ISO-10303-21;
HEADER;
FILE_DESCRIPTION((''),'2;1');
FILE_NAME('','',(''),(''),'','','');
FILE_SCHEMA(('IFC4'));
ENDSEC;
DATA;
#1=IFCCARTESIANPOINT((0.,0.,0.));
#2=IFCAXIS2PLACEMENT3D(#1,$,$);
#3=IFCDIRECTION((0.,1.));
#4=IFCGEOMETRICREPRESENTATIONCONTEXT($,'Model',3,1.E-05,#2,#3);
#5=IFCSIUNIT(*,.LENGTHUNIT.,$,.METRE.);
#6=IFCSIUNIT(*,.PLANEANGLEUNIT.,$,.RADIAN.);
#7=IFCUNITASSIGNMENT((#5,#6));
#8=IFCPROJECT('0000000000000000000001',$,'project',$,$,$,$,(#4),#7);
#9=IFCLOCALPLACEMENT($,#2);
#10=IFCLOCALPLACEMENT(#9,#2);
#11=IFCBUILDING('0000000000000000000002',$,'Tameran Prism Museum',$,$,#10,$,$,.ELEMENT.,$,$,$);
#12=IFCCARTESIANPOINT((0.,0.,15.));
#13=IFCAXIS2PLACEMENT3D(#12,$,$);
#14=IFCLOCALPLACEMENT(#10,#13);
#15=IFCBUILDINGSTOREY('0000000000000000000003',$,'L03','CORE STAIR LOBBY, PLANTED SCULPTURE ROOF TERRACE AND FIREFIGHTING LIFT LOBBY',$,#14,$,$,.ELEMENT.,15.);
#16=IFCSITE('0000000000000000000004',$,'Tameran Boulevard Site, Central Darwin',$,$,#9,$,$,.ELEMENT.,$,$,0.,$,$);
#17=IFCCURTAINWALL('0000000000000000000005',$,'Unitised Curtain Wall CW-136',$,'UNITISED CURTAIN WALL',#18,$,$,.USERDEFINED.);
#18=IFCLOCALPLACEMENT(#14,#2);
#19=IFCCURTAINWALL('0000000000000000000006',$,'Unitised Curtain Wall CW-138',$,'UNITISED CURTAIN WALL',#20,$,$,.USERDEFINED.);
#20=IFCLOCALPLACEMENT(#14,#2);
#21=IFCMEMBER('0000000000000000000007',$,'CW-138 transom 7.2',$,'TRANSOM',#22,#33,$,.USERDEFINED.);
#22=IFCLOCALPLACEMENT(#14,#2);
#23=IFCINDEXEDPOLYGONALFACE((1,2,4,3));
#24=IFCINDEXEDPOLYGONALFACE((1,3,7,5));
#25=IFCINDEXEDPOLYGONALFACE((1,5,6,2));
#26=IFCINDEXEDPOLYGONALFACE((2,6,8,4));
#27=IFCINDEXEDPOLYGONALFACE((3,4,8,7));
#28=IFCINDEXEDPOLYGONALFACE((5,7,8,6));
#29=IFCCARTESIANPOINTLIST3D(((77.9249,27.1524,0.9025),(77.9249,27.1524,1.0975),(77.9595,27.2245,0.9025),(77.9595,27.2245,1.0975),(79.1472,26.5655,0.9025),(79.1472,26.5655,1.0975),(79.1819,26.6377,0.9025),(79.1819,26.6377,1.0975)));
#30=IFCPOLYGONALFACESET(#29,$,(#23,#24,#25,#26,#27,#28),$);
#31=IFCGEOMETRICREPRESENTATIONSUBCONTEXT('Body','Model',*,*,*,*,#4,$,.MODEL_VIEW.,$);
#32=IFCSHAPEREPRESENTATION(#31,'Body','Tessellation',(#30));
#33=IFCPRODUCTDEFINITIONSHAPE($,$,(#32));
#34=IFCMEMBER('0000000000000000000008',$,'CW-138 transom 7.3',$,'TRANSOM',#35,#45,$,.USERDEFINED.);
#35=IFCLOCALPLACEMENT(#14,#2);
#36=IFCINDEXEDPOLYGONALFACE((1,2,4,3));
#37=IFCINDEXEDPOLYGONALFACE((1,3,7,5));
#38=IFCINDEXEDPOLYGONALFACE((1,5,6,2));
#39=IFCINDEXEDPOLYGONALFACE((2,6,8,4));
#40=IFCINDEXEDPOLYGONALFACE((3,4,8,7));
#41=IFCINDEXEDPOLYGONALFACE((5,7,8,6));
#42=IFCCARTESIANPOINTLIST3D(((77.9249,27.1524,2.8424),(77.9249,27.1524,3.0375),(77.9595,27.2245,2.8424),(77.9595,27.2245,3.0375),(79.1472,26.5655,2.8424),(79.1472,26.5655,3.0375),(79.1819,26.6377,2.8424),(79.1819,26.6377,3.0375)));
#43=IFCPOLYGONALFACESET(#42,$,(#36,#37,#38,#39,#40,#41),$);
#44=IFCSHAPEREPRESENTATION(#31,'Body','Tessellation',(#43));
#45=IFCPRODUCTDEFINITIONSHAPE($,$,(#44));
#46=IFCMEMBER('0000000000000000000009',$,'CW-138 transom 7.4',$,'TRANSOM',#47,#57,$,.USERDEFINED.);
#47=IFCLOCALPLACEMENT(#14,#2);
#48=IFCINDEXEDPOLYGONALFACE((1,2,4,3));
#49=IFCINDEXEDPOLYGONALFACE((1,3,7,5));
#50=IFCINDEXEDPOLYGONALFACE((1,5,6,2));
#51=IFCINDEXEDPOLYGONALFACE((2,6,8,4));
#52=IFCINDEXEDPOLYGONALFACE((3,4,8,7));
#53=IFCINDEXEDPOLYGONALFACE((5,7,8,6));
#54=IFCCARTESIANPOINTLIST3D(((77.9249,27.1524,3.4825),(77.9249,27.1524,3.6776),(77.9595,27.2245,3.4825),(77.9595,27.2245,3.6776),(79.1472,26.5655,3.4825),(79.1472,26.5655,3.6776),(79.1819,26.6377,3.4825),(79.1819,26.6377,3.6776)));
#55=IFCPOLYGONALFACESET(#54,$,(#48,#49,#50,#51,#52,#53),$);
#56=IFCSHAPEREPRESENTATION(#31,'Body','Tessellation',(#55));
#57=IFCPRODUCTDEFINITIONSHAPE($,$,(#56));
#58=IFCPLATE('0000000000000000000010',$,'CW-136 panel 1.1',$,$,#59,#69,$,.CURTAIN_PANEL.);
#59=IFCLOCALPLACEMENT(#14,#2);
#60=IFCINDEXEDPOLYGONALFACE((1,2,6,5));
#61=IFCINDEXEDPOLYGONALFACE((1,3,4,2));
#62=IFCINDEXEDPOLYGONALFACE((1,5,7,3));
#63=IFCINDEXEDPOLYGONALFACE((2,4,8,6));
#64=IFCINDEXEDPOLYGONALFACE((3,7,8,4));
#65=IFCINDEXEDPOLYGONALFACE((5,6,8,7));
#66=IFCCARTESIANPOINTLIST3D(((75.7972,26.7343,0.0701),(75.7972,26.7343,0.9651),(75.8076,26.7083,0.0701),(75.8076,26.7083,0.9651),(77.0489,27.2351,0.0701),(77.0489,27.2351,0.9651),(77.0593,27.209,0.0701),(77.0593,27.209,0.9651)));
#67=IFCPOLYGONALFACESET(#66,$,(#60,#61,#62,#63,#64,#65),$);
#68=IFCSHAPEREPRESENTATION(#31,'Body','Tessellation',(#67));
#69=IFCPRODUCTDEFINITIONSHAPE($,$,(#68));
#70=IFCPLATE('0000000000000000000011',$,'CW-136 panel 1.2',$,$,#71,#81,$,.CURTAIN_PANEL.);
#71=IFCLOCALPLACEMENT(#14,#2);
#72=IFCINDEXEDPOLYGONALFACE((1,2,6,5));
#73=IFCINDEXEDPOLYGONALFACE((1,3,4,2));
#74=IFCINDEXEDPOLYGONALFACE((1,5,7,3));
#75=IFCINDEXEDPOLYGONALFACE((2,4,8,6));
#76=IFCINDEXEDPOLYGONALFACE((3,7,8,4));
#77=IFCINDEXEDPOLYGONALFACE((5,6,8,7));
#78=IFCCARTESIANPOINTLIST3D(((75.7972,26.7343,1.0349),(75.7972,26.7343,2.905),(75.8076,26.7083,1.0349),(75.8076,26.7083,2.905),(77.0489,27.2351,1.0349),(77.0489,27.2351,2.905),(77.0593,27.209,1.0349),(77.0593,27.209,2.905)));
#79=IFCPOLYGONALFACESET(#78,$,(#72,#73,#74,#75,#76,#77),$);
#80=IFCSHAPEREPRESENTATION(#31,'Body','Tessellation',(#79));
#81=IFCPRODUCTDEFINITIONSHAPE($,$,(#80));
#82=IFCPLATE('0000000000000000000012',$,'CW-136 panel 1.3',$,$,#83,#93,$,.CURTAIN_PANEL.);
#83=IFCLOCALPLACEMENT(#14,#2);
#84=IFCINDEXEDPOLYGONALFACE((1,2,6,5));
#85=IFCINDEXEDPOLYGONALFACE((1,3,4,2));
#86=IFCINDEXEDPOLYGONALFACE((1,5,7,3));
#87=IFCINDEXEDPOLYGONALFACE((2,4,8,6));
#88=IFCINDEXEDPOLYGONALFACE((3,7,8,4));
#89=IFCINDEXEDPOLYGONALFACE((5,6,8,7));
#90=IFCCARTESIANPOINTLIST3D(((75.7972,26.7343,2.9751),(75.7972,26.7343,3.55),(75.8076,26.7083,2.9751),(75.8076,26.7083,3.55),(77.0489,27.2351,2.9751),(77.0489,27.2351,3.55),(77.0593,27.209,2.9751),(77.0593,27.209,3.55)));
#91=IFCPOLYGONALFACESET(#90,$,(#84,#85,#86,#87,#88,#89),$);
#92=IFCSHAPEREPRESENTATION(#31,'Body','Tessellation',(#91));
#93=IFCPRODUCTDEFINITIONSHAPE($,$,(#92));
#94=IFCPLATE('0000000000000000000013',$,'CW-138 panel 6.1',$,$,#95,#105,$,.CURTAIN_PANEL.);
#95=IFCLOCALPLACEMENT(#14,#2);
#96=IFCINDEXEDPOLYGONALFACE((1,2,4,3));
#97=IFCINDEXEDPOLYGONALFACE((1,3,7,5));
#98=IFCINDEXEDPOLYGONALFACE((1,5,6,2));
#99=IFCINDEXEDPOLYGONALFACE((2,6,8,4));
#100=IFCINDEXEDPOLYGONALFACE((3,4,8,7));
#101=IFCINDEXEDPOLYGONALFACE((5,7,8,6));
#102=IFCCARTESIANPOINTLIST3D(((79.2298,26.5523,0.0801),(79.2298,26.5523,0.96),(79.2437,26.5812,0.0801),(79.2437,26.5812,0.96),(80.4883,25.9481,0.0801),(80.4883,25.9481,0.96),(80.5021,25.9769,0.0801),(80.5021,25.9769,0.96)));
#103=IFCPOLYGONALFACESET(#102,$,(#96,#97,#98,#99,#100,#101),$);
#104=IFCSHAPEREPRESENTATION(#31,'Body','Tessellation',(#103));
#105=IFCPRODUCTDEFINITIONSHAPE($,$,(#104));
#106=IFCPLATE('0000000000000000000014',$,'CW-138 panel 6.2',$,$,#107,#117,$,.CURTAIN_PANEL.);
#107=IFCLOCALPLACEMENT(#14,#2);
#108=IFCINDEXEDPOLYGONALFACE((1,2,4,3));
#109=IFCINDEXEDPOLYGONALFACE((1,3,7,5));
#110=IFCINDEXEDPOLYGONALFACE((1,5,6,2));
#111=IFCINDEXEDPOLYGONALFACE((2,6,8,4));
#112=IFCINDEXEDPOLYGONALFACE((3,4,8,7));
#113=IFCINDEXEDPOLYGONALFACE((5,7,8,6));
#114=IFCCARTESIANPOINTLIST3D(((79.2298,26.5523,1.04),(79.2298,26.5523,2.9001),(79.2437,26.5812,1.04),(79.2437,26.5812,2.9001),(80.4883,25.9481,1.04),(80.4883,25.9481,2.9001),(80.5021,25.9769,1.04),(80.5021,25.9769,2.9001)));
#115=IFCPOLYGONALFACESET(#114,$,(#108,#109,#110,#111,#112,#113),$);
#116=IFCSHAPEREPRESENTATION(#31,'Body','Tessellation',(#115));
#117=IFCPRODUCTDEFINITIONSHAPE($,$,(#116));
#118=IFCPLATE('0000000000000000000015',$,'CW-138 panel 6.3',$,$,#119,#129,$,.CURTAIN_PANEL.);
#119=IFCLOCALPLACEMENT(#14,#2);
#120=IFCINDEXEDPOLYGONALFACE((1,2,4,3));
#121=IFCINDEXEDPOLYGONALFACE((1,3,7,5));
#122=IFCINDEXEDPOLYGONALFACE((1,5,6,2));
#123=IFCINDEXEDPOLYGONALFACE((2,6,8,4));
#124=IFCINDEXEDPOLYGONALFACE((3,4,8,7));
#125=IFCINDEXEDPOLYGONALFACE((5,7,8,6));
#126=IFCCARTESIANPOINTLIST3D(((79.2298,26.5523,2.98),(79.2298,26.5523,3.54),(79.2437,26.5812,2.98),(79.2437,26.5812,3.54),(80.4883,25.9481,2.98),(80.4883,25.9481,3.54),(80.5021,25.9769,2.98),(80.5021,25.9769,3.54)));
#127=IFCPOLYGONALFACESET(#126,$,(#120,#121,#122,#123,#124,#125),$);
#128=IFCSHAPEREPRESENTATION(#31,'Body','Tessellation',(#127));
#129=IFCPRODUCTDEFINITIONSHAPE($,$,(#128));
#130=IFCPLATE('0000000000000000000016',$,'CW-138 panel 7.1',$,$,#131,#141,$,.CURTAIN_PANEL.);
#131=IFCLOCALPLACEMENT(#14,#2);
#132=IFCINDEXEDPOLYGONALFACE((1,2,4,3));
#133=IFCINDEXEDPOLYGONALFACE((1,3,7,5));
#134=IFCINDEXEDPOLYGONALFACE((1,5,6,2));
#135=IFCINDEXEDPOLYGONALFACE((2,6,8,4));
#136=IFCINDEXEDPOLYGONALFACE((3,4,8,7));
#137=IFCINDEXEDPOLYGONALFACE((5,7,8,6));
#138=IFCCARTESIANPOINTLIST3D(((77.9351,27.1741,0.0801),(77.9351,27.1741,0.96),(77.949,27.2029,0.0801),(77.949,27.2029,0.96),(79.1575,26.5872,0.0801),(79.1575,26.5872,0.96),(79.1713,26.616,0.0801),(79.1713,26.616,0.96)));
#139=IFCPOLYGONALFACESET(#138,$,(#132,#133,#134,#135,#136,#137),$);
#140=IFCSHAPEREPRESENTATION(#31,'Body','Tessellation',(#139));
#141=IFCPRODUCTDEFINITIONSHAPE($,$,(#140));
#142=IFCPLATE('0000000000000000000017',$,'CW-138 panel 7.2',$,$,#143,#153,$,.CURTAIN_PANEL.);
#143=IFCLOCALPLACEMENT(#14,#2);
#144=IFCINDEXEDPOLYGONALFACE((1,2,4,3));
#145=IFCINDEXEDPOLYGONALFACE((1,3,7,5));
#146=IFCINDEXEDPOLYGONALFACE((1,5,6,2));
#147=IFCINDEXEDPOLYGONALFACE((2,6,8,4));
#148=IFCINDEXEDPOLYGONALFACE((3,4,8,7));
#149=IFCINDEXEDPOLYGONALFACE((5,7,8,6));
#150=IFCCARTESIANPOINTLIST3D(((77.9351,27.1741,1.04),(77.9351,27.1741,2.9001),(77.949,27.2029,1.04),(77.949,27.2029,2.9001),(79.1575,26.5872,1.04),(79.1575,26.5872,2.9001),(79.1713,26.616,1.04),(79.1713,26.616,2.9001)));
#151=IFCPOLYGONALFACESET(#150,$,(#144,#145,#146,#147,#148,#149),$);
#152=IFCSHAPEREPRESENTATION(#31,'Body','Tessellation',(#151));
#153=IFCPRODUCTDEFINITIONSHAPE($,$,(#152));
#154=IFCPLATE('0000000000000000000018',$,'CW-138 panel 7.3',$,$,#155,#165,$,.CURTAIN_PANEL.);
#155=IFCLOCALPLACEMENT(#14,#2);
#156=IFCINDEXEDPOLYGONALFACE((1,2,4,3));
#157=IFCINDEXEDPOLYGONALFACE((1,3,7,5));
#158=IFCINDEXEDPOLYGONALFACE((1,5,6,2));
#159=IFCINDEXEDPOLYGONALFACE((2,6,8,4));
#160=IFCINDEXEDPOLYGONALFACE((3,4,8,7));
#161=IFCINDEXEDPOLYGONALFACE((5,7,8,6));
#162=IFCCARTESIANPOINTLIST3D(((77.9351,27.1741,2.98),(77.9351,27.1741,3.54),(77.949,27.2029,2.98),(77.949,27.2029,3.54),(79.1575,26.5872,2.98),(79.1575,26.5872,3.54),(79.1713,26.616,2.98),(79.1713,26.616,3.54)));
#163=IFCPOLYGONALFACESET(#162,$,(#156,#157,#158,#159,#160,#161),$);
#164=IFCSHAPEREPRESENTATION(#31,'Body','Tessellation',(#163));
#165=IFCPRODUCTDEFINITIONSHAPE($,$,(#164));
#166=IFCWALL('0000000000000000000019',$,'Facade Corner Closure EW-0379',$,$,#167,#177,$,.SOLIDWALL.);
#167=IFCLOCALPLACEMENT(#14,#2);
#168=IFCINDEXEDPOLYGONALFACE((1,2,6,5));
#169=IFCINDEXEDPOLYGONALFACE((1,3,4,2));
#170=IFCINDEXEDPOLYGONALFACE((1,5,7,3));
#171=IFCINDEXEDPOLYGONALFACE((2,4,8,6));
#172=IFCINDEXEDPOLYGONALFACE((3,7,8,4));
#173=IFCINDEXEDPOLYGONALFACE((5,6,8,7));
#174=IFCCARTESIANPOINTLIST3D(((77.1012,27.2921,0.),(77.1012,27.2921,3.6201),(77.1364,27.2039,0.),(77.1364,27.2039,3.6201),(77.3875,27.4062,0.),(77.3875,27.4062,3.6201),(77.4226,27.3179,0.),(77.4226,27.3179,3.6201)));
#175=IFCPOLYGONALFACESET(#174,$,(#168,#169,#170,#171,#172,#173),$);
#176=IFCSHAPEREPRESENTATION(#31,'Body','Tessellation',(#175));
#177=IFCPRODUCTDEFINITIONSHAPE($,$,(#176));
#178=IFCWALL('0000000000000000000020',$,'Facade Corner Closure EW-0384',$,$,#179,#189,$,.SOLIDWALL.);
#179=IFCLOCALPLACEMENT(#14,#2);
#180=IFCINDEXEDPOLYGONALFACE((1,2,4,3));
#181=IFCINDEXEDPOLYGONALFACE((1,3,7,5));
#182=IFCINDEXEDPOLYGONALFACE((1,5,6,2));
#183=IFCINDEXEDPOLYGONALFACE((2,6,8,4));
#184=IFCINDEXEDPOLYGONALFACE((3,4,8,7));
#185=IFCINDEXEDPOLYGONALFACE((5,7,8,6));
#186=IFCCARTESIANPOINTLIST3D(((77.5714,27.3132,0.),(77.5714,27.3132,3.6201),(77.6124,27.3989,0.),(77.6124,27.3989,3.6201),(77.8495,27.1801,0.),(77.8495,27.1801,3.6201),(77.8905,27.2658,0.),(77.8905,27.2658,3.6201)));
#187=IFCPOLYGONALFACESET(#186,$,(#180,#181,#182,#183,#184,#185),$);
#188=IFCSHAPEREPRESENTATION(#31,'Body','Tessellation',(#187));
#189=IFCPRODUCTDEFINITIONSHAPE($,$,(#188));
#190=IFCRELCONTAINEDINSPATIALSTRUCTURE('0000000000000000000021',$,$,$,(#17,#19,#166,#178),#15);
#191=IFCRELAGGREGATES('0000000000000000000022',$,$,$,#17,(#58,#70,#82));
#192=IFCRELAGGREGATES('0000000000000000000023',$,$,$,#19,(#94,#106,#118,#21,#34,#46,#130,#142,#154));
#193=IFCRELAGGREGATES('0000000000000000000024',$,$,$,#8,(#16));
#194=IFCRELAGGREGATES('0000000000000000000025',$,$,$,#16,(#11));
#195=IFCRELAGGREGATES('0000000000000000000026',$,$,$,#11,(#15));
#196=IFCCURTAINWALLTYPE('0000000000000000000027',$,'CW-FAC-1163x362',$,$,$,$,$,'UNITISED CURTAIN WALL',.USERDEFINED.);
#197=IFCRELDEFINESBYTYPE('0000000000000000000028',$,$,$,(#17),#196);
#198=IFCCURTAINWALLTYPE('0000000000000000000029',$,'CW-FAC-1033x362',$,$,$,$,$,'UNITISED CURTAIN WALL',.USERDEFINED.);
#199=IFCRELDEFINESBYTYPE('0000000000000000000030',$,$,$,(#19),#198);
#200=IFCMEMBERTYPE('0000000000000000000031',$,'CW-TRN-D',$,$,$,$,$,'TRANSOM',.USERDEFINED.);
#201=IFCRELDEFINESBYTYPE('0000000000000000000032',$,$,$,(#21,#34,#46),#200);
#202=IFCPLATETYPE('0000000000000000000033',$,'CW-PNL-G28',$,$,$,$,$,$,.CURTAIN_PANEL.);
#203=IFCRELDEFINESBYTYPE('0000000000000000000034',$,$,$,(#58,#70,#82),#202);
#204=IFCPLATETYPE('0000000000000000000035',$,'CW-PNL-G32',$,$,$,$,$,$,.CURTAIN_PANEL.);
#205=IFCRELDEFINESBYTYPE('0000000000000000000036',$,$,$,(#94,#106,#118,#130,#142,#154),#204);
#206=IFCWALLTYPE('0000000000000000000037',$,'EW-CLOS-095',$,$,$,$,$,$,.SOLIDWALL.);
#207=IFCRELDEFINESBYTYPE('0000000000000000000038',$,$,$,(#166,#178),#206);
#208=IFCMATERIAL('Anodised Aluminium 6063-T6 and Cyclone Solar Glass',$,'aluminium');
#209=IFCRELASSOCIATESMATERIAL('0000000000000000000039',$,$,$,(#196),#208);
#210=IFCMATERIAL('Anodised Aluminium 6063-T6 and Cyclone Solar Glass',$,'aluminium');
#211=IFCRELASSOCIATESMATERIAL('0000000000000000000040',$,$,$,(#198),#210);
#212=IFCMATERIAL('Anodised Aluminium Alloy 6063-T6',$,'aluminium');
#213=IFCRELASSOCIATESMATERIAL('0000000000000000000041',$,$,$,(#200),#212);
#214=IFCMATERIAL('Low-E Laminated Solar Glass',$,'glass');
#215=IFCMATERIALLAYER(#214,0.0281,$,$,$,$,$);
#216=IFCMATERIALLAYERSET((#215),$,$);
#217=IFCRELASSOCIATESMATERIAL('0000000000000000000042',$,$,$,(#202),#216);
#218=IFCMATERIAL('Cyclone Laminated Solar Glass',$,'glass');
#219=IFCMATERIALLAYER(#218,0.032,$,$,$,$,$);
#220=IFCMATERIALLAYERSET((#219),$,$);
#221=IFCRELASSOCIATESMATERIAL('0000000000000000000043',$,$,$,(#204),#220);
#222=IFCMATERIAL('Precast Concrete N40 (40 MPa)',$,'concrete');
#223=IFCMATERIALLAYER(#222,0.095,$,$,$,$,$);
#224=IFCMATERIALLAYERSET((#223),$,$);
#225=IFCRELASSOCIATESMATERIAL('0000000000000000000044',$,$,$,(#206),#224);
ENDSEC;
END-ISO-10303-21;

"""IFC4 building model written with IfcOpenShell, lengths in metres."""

from ifc_helpers import new_model, si_unit, direction, frame, frame_2d, origin, origin_2d, place, context, subcontext, project, spatial, rectangle, extrude, material, layer, layer_set, material_profile, profile_set, type_object, element, aggregate, save


model = new_model("IFC4")

# Units and contexts
model_context = context("Model", 3, precision=1e-05, world=origin(), true_north=direction((0.0, 1.0)))
body_context = subcontext(model_context, "Body", "Model", "MODEL_VIEW")
ifc_project = project(units=[si_unit("LENGTHUNIT", "METRE"), si_unit("PLANEANGLEUNIT", "RADIAN")], contexts=[model_context])

# Site, building, storey
site_placement = place(None, origin())
site = spatial("IfcSite", under=ifc_project, at=site_placement, Name="Tameran Boulevard Site, Central Darwin", CompositionType="ELEMENT", RefElevation=0.0)
building_placement = place(site_placement, origin())
building = spatial("IfcBuilding", under=site, at=building_placement, Name="Tameran Prism Museum", CompositionType="ELEMENT")
storey_placement = place(building_placement, frame((0.0, 0.0, 15.0)))
storey = spatial("IfcBuildingStorey", under=building, at=storey_placement, Name="L03", Description="CORE STAIR LOBBY, PLANTED SCULPTURE ROOF TERRACE AND FIREFIGHTING LIFT LOBBY", CompositionType="ELEMENT", Elevation=15.0)

# Curtain walls
ifc_material_1 = material(Name="Anodised Aluminium 6063-T6 and Cyclone Solar Glass", Category="aluminium")
curtain_wall_type_1 = type_object("IfcCurtainWallType", Name="CW-FAC-1163x362", ElementType="UNITISED CURTAIN WALL", PredefinedType="USERDEFINED", material=ifc_material_1)
curtain_wall_1_placement = place(storey_placement, origin())
curtain_wall_1 = element("IfcCurtainWall", 1, at=curtain_wall_1_placement, inside=storey, type_object=curtain_wall_type_1, Name="Unitised Curtain Wall CW-136", ObjectType="UNITISED CURTAIN WALL", PredefinedType="USERDEFINED")
ifc_material_2 = material(Name="Anodised Aluminium 6063-T6 and Cyclone Solar Glass", Category="aluminium")
curtain_wall_type_2 = type_object("IfcCurtainWallType", Name="CW-FAC-1033x362", ElementType="UNITISED CURTAIN WALL", PredefinedType="USERDEFINED", material=ifc_material_2)
curtain_wall_2_placement = place(storey_placement, origin())
curtain_wall_2 = element("IfcCurtainWall", 2, at=curtain_wall_2_placement, inside=storey, type_object=curtain_wall_type_2, Name="Unitised Curtain Wall CW-138", ObjectType="UNITISED CURTAIN WALL", PredefinedType="USERDEFINED")

# Members
ifc_material_3 = material(Name="Anodised Aluminium Alloy 6063-T6", Category="aluminium")
ifc_material_profile_1 = material_profile(ifc_material_3, rectangle(XDim=0.0801, YDim=0.1951, at=origin_2d()))
ifc_profile_set_1 = profile_set([ifc_material_profile_1])
member_type_1 = type_object("IfcMemberType", Name="CW-TRN-D", ElementType="TRANSOM", PredefinedType="USERDEFINED", material=ifc_profile_set_1)
member_1_placement = place(storey_placement, frame((79.1646, 26.6016, 1.0), z_axis=(-0.901478, 0.432825, 0.0), x_axis=(-0.432825, -0.901478, 0.0)))
member_1 = element("IfcMember", 3, at=member_1_placement, type_object=member_type_1, Name="CW-138 transom 7.2", ObjectType="TRANSOM", PredefinedType="USERDEFINED", context=body_context, shape_type="SweptSolid", body=[
    extrude(rectangle(XDim=0.0801, YDim=0.1951, at=origin_2d()), origin(), (0.0, 0.0, 1.0), 1.356),
])
member_2_placement = place(storey_placement, frame((79.1646, 26.6016, 2.9399), z_axis=(-0.901478, 0.432825, 0.0), x_axis=(-0.432825, -0.901478, 0.0)))
member_2 = element("IfcMember", 4, at=member_2_placement, type_object=member_type_1, Name="CW-138 transom 7.3", ObjectType="TRANSOM", PredefinedType="USERDEFINED", context=body_context, shape_type="SweptSolid", body=[
    extrude(rectangle(XDim=0.0801, YDim=0.1951, at=origin_2d()), origin(), (0.0, 0.0, 1.0), 1.356),
])
member_3_placement = place(storey_placement, frame((79.1646, 26.6016, 3.5801), z_axis=(-0.901478, 0.432825, 0.0), x_axis=(-0.432825, -0.901478, 0.0)))
member_3 = element("IfcMember", 5, at=member_3_placement, type_object=member_type_1, Name="CW-138 transom 7.4", ObjectType="TRANSOM", PredefinedType="USERDEFINED", context=body_context, shape_type="SweptSolid", body=[
    extrude(rectangle(XDim=0.0801, YDim=0.1951, at=origin_2d()), origin(), (0.0, 0.0, 1.0), 1.356),
])

# Plates
ifc_material_4 = material(Name="Low-E Laminated Solar Glass", Category="glass")
ifc_layer_1 = layer(ifc_material_4, 0.0281)
ifc_layer_set_1 = layer_set([ifc_layer_1])
plate_type_1 = type_object("IfcPlateType", Name="CW-PNL-G28", PredefinedType="CURTAIN_PANEL", material=ifc_layer_set_1)
plate_1_placement = place(storey_placement, frame((76.4282, 26.9717, 0.0701), z_axis=(0.0, 0.0, 1.0), x_axis=(-0.928465, -0.37142, 0.0)))
plate_1 = element("IfcPlate", 6, at=plate_1_placement, type_object=plate_type_1, Name="CW-136 panel 1.1", PredefinedType="CURTAIN_PANEL", context=body_context, shape_type="SweptSolid", body=[
    extrude(rectangle(XDim=1.3481, YDim=0.0281, at=origin_2d()), origin(), (0.0, 0.0, 1.0), 0.895),
])
plate_2_placement = place(storey_placement, frame((76.4282, 26.9717, 1.0349), z_axis=(0.0, 0.0, 1.0), x_axis=(-0.928465, -0.37142, 0.0)))
plate_2 = element("IfcPlate", 7, at=plate_2_placement, type_object=plate_type_1, Name="CW-136 panel 1.2", PredefinedType="CURTAIN_PANEL", context=body_context, shape_type="SweptSolid", body=[
    extrude(rectangle(XDim=1.3481, YDim=0.0281, at=origin_2d()), origin(), (0.0, 0.0, 1.0), 1.8701),
])
plate_3_placement = place(storey_placement, frame((76.4282, 26.9717, 2.9751), z_axis=(0.0, 0.0, 1.0), x_axis=(-0.928465, -0.37142, 0.0)))
plate_3 = element("IfcPlate", 8, at=plate_3_placement, type_object=plate_type_1, Name="CW-136 panel 1.3", PredefinedType="CURTAIN_PANEL", context=body_context, shape_type="SweptSolid", body=[
    extrude(rectangle(XDim=1.3481, YDim=0.0281, at=origin_2d()), origin(), (0.0, 0.0, 1.0), 0.575),
])
aggregate(curtain_wall_1, [plate_1, plate_2, plate_3])
ifc_material_5 = material(Name="Cyclone Laminated Solar Glass", Category="glass")
ifc_layer_2 = layer(ifc_material_5, 0.032)
ifc_layer_set_2 = layer_set([ifc_layer_2])
plate_type_2 = type_object("IfcPlateType", Name="CW-PNL-G32", PredefinedType="CURTAIN_PANEL", material=ifc_layer_set_2)
plate_4_placement = place(storey_placement, frame((79.866, 26.2646, 0.0801), z_axis=(0.0, 0.0, 1.0), x_axis=(-0.901475, 0.432832, 0.0)))
plate_4 = element("IfcPlate", 9, at=plate_4_placement, type_object=plate_type_2, Name="CW-138 panel 6.1", PredefinedType="CURTAIN_PANEL", context=body_context, shape_type="SweptSolid", body=[
    extrude(rectangle(XDim=1.396, YDim=0.032, at=origin_2d()), origin(), (0.0, 0.0, 1.0), 0.8799),
])
plate_5_placement = place(storey_placement, frame((79.866, 26.2646, 1.04), z_axis=(0.0, 0.0, 1.0), x_axis=(-0.901475, 0.432832, 0.0)))
plate_5 = element("IfcPlate", 10, at=plate_5_placement, type_object=plate_type_2, Name="CW-138 panel 6.2", PredefinedType="CURTAIN_PANEL", context=body_context, shape_type="SweptSolid", body=[
    extrude(rectangle(XDim=1.396, YDim=0.032, at=origin_2d()), origin(), (0.0, 0.0, 1.0), 1.8601),
])
plate_6_placement = place(storey_placement, frame((79.866, 26.2646, 2.98), z_axis=(0.0, 0.0, 1.0), x_axis=(-0.901475, 0.432832, 0.0)))
plate_6 = element("IfcPlate", 11, at=plate_6_placement, type_object=plate_type_2, Name="CW-138 panel 6.3", PredefinedType="CURTAIN_PANEL", context=body_context, shape_type="SweptSolid", body=[
    extrude(rectangle(XDim=1.396, YDim=0.032, at=origin_2d()), origin(), (0.0, 0.0, 1.0), 0.5601),
])
plate_7_placement = place(storey_placement, frame((78.5532, 26.895, 0.0801), z_axis=(0.0, 0.0, 1.0), x_axis=(-0.901475, 0.432832, 0.0)))
plate_7 = element("IfcPlate", 12, at=plate_7_placement, type_object=plate_type_2, Name="CW-138 panel 7.1", PredefinedType="CURTAIN_PANEL", context=body_context, shape_type="SweptSolid", body=[
    extrude(rectangle(XDim=1.356, YDim=0.032, at=origin_2d()), origin(), (0.0, 0.0, 1.0), 0.8799),
])
plate_8_placement = place(storey_placement, frame((78.5532, 26.895, 1.04), z_axis=(0.0, 0.0, 1.0), x_axis=(-0.901475, 0.432832, 0.0)))
plate_8 = element("IfcPlate", 13, at=plate_8_placement, type_object=plate_type_2, Name="CW-138 panel 7.2", PredefinedType="CURTAIN_PANEL", context=body_context, shape_type="SweptSolid", body=[
    extrude(rectangle(XDim=1.356, YDim=0.032, at=origin_2d()), origin(), (0.0, 0.0, 1.0), 1.8601),
])
plate_9_placement = place(storey_placement, frame((78.5532, 26.895, 2.98), z_axis=(0.0, 0.0, 1.0), x_axis=(-0.901475, 0.432832, 0.0)))
plate_9 = element("IfcPlate", 14, at=plate_9_placement, type_object=plate_type_2, Name="CW-138 panel 7.3", PredefinedType="CURTAIN_PANEL", context=body_context, shape_type="SweptSolid", body=[
    extrude(rectangle(XDim=1.356, YDim=0.032, at=origin_2d()), origin(), (0.0, 0.0, 1.0), 0.5601),
])
aggregate(curtain_wall_2, [plate_4, plate_5, plate_6, member_1, member_2, member_3, plate_7, plate_8, plate_9])

# Walls
ifc_material_6 = material(Name="Precast Concrete N40 (40 MPa)", Category="concrete")
ifc_layer_3 = layer(ifc_material_6, 0.095)
ifc_layer_set_3 = layer_set([ifc_layer_3])
wall_type = type_object("IfcWallType", Name="EW-CLOS-095", PredefinedType="SOLIDWALL", material=ifc_layer_set_3)
wall_1_placement = place(storey_placement, frame((77.405, 27.3621, 0.0), z_axis=(0.0, 0.0, 1.0), x_axis=(-0.928968, -0.37016, 0.0)))
element("IfcWall", 15, at=wall_1_placement, inside=storey, type_object=wall_type, Name="Facade Corner Closure EW-0379", PredefinedType="SOLIDWALL", context=body_context, shape_type="SweptSolid", body=[
    extrude(rectangle(XDim=0.3081, YDim=0.095, at=frame_2d((0.1541, 0.0))), origin(), (0.0, 0.0, 1.0), 3.6201),
])
wall_2_placement = place(storey_placement, frame((77.8701, 27.2229, 0.0), z_axis=(0.0, 0.0, 1.0), x_axis=(-0.902054, 0.431624, 0.0)))
element("IfcWall", 16, at=wall_2_placement, inside=storey, type_object=wall_type, Name="Facade Corner Closure EW-0384", PredefinedType="SOLIDWALL", context=body_context, shape_type="SweptSolid", body=[
    extrude(rectangle(XDim=0.3083, YDim=0.095, at=frame_2d((0.1543, 0.0))), origin(), (0.0, 0.0, 1.0), 3.6201),
])

save(model, "model.ifc")
